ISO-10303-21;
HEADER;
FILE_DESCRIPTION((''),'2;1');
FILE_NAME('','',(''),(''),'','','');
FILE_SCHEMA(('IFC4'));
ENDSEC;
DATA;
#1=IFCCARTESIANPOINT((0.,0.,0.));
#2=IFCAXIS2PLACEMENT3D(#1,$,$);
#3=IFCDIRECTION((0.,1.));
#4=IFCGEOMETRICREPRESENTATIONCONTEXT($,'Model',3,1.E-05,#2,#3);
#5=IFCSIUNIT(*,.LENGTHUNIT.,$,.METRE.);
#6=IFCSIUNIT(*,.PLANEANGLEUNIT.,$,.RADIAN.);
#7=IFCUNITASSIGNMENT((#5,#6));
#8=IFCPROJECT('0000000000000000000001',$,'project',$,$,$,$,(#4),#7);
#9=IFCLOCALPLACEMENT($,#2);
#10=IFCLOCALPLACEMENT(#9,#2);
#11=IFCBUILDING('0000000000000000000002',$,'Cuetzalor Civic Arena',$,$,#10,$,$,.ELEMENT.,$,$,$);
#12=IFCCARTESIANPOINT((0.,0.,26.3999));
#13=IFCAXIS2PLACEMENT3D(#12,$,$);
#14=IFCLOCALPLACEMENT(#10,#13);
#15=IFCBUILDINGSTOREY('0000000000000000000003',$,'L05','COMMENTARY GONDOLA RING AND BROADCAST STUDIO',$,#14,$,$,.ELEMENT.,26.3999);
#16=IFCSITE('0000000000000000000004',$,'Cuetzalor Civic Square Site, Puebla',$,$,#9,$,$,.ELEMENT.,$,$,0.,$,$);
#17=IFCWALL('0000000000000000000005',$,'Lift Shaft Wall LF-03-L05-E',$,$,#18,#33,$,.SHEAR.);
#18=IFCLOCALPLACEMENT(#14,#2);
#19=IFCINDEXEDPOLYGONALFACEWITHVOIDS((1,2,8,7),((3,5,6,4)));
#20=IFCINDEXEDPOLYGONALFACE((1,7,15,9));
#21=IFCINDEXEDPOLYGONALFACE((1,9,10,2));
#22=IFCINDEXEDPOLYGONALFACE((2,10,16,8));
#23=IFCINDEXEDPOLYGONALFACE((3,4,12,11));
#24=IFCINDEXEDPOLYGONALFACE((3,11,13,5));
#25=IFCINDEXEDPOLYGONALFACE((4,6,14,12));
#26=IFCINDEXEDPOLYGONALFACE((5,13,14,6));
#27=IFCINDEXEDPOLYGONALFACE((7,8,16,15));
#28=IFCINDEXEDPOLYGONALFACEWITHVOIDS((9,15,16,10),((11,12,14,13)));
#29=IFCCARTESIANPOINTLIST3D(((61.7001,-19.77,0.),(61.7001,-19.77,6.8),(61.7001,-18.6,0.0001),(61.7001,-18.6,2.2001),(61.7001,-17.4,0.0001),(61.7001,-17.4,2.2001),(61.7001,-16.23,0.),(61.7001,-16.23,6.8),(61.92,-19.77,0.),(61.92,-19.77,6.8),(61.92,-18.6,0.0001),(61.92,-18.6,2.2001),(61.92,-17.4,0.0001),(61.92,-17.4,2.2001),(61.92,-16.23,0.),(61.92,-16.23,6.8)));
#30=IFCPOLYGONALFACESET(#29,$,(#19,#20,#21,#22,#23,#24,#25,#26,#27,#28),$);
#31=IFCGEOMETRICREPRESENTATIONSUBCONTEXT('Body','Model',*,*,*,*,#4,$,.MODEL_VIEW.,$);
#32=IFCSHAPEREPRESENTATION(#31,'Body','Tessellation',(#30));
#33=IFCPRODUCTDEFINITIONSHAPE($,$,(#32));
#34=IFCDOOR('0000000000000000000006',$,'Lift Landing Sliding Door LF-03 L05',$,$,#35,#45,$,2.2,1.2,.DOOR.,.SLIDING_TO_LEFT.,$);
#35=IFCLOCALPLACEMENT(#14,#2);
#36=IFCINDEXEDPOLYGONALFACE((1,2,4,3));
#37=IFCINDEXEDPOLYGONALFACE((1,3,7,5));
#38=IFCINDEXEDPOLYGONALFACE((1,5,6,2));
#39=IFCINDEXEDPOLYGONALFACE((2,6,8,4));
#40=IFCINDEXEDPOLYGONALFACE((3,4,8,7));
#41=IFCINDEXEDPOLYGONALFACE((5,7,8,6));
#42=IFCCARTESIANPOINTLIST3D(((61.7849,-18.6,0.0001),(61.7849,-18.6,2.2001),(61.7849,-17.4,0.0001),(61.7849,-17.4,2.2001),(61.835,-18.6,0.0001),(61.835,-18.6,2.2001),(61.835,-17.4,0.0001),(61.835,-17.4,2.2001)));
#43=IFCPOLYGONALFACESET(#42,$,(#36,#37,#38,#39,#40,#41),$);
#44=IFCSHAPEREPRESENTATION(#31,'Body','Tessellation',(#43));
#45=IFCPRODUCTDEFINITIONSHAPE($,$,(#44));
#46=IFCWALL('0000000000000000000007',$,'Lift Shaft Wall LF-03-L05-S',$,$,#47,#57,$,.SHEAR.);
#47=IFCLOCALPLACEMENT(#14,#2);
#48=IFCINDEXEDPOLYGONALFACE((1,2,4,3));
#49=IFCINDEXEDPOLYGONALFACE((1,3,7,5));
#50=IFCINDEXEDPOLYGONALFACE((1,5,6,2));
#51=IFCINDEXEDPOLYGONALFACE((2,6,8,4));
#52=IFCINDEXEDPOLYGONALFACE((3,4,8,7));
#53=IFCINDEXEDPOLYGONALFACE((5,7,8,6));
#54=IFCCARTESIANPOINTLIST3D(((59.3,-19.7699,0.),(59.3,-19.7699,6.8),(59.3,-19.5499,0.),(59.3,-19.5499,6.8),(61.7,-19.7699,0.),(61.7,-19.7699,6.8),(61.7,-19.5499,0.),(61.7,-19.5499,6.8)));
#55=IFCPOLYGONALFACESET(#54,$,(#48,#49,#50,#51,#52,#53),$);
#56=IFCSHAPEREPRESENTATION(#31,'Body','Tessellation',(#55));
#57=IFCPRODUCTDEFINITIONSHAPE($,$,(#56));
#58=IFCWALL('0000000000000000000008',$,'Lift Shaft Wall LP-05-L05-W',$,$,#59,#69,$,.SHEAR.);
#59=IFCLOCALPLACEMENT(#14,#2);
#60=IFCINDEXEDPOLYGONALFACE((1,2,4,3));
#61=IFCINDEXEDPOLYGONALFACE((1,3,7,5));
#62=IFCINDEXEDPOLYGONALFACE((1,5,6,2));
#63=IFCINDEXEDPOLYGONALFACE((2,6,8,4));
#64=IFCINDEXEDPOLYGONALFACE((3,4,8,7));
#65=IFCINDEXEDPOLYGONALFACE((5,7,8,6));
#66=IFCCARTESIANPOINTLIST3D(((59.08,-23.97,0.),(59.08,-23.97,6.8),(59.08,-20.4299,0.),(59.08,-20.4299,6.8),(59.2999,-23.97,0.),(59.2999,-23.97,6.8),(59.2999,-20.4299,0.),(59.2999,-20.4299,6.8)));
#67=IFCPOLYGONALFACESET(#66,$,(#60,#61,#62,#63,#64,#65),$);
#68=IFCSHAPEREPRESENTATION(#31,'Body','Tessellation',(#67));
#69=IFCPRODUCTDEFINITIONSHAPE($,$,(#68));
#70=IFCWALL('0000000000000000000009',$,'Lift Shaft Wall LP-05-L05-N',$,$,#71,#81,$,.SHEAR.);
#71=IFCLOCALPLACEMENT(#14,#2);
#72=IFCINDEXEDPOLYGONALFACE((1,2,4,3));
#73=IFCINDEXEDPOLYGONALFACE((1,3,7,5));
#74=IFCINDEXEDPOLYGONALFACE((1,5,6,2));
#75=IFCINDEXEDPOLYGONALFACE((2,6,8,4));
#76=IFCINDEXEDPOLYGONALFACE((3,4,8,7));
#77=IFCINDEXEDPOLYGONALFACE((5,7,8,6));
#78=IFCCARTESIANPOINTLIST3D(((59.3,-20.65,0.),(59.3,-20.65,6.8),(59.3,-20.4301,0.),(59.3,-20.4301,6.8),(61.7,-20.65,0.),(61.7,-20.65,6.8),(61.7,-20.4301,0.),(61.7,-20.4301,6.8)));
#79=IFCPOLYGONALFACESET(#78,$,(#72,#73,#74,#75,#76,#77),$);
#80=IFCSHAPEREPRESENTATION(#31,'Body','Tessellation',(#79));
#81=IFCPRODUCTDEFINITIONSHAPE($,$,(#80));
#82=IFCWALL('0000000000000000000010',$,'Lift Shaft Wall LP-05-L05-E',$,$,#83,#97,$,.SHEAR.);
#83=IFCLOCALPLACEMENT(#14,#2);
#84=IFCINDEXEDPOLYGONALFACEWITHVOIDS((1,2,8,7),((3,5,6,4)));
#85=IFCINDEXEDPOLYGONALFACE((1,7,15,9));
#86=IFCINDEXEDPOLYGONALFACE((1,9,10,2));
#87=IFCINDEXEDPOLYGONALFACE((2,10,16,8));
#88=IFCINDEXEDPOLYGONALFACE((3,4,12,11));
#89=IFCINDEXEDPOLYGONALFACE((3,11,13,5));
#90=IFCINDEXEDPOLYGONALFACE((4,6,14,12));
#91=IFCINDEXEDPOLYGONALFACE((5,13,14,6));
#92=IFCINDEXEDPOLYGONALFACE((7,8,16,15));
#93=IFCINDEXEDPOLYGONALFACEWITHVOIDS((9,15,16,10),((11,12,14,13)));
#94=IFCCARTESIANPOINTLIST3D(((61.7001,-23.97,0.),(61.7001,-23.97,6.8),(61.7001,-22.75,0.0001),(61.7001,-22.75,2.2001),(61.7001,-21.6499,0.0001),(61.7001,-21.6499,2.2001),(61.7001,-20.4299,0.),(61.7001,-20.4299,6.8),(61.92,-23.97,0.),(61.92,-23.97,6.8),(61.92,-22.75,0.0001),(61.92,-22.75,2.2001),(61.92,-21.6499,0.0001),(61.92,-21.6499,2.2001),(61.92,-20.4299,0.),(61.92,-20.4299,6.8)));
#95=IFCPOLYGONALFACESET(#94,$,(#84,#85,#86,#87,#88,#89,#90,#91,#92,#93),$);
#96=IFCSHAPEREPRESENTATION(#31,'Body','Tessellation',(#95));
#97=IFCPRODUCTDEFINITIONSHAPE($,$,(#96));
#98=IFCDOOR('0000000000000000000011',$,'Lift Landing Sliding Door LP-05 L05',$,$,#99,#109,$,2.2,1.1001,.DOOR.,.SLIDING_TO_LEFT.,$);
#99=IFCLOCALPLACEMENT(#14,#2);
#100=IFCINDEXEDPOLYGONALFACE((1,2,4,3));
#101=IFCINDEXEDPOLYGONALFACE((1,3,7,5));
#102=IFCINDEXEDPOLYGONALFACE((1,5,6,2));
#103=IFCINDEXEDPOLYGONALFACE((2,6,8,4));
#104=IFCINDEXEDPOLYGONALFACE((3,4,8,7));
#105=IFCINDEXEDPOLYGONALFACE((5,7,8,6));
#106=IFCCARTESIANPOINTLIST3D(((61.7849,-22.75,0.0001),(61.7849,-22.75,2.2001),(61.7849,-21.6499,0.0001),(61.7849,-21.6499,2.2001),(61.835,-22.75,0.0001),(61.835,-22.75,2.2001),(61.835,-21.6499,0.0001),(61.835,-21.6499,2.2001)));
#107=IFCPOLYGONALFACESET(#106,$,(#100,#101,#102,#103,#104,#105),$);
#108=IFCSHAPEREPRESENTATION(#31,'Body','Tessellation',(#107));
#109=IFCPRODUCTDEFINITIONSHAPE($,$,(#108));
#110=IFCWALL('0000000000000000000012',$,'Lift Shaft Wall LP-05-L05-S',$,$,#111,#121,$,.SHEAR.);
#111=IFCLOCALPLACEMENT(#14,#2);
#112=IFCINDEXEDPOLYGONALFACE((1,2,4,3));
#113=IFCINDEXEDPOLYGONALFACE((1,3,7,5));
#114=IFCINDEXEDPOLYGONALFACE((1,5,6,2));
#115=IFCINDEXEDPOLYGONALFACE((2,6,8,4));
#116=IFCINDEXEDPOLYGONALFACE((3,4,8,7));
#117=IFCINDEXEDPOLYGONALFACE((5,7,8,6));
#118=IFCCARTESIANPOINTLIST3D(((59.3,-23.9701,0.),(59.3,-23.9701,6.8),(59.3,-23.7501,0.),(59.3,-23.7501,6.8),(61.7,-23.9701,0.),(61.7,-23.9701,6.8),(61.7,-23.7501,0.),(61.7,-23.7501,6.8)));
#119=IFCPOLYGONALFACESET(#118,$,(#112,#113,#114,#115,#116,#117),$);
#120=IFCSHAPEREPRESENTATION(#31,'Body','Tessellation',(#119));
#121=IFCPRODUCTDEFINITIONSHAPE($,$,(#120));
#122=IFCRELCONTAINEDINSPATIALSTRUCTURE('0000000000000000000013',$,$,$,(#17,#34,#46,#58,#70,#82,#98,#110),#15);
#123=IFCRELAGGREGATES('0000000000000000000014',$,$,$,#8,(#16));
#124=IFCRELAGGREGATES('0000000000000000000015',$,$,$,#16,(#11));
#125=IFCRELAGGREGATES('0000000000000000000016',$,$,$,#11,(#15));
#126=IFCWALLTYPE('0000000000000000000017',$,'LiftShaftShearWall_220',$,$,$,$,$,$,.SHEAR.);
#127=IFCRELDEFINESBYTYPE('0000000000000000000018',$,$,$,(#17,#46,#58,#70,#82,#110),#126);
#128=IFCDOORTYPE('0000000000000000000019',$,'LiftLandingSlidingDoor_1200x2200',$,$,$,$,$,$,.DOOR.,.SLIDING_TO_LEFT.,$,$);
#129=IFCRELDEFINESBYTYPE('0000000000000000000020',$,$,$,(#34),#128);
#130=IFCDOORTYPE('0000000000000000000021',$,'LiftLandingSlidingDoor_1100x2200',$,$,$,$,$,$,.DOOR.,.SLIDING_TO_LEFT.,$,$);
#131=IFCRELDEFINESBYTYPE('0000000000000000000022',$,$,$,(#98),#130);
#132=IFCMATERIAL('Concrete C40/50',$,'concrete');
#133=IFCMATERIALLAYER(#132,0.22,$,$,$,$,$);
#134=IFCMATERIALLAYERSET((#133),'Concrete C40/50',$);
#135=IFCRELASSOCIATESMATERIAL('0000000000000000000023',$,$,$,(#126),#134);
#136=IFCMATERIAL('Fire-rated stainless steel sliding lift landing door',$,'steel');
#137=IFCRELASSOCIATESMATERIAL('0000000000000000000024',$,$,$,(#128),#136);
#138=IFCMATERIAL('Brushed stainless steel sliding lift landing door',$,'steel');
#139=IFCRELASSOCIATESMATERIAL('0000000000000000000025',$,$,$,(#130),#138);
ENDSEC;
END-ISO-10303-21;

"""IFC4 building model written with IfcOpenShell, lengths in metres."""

from ifc_helpers import new_model, si_unit, direction, frame, frame_2d, origin, place, context, subcontext, project, spatial, rectangle, extrude, material, layer, layer_set, type_object, element, fill, save


model = new_model("IFC4")

# Units and contexts
model_context = context("Model", 3, precision=1e-05, world=origin(), true_north=direction((0.0, 1.0)))
body_context = subcontext(model_context, "Body", "Model", "MODEL_VIEW")
ifc_project = project(units=[si_unit("LENGTHUNIT", "METRE"), si_unit("PLANEANGLEUNIT", "RADIAN")], contexts=[model_context])

# Site, building, storey
site_placement = place(None, origin())
site = spatial("IfcSite", under=ifc_project, at=site_placement, Name="Cuetzalor Civic Square Site, Puebla", CompositionType="ELEMENT", RefElevation=0.0)
building_placement = place(site_placement, origin())
building = spatial("IfcBuilding", under=site, at=building_placement, Name="Cuetzalor Civic Arena", CompositionType="ELEMENT")
storey_placement = place(building_placement, frame((0.0, 0.0, 26.3999)))
storey = spatial("IfcBuildingStorey", under=building, at=storey_placement, Name="L05", Description="COMMENTARY GONDOLA RING AND BROADCAST STUDIO", CompositionType="ELEMENT", Elevation=26.3999)

# Shared definitions
ifc_material_1 = material(Name="Concrete C40/50", Category="concrete")
ifc_layer = layer(ifc_material_1, 0.22)
ifc_layer_set = layer_set([ifc_layer], Name="Concrete C40/50")
wall_type = type_object("IfcWallType", Name="LiftShaftShearWall_220", PredefinedType="SHEAR", material=ifc_layer_set)

# Wall, opening, door
wall_1_placement = place(storey_placement, frame((61.8101, -16.23, 0.0), z_axis=(0.0, 0.0, 1.0), x_axis=(0.0, -1.0, 0.0)))
wall_1 = element("IfcWall", 1, at=wall_1_placement, inside=storey, type_object=wall_type, Name="Lift Shaft Wall LF-03-L05-E", PredefinedType="SHEAR", context=body_context, shape_type="SweptSolid", body=[
    extrude(rectangle(XDim=3.54, YDim=0.22, at=frame_2d((1.77, 0.0))), origin(), (0.0, 0.0, 1.0), 6.8),
])
opening_1_placement = place(wall_1_placement, frame((1.1699, 0.0, 0.0)))
opening_1 = element("IfcOpeningElement", 2, at=opening_1_placement, cuts=wall_1, PredefinedType="OPENING", context=body_context, shape_type="SweptSolid", body=[
    extrude(rectangle(XDim=1.2, YDim=2.2, at=frame_2d((0.6001, 1.1001))), frame((0.0, 0.1201, 0.0), z_axis=(0.0, -1.0, 0.0), x_axis=(1.0, 0.0, 0.0)), (0.0, 0.0, 1.0), 0.24),
])
ifc_material_2 = material(Name="Fire-rated stainless steel sliding lift landing door", Category="steel")
door_type_1 = type_object("IfcDoorType", Name="LiftLandingSlidingDoor_1200x2200", OperationType="SLIDING_TO_LEFT", PredefinedType="DOOR", material=ifc_material_2)
door_1_placement = place(opening_1_placement, origin())
door_1 = element("IfcDoor", 3, at=door_1_placement, inside=storey, type_object=door_type_1, Name="Lift Landing Sliding Door LF-03 L05", OperationType="SLIDING_TO_LEFT", OverallHeight=2.2, OverallWidth=1.2, PredefinedType="DOOR", context=body_context, shape_type="SweptSolid", body=[
    extrude(rectangle(XDim=1.2, YDim=2.2, at=frame_2d((0.6001, 1.1001))), frame((0.0, 0.0249, 0.0), z_axis=(0.0, -1.0, 0.0), x_axis=(1.0, 0.0, 0.0)), (0.0, 0.0, 1.0), 0.05),
])
fill(opening_1, door_1)

# Walls
wall_2_placement = place(storey_placement, frame((61.7, -19.6599, 0.0), z_axis=(0.0, 0.0, 1.0), x_axis=(-1.0, 0.0, 0.0)))
element("IfcWall", 4, at=wall_2_placement, inside=storey, type_object=wall_type, Name="Lift Shaft Wall LF-03-L05-S", PredefinedType="SHEAR", context=body_context, shape_type="SweptSolid", body=[
    extrude(rectangle(XDim=2.3999, YDim=0.22, at=frame_2d((1.2, 0.0))), origin(), (0.0, 0.0, 1.0), 6.8),
])
wall_3_placement = place(storey_placement, frame((59.1899, -23.97, 0.0), z_axis=(0.0, 0.0, 1.0), x_axis=(0.0, 1.0, 0.0)))
element("IfcWall", 5, at=wall_3_placement, inside=storey, type_object=wall_type, Name="Lift Shaft Wall LP-05-L05-W", PredefinedType="SHEAR", context=body_context, shape_type="SweptSolid", body=[
    extrude(rectangle(XDim=3.54, YDim=0.22, at=frame_2d((1.77, 0.0))), origin(), (0.0, 0.0, 1.0), 6.8),
])
wall_4_placement = place(storey_placement, frame((59.3, -20.54, 0.0), z_axis=(0.0, 0.0, 1.0), x_axis=(1.0, 0.0, 0.0)))
element("IfcWall", 6, at=wall_4_placement, inside=storey, type_object=wall_type, Name="Lift Shaft Wall LP-05-L05-N", PredefinedType="SHEAR", context=body_context, shape_type="SweptSolid", body=[
    extrude(rectangle(XDim=2.3999, YDim=0.22, at=frame_2d((1.2, 0.0))), origin(), (0.0, 0.0, 1.0), 6.8),
])

# Wall, opening, door
wall_5_placement = place(storey_placement, frame((61.8101, -20.4299, 0.0), z_axis=(0.0, 0.0, 1.0), x_axis=(0.0, -1.0, 0.0)))
wall_5 = element("IfcWall", 7, at=wall_5_placement, inside=storey, type_object=wall_type, Name="Lift Shaft Wall LP-05-L05-E", PredefinedType="SHEAR", context=body_context, shape_type="SweptSolid", body=[
    extrude(rectangle(XDim=3.54, YDim=0.22, at=frame_2d((1.77, 0.0))), origin(), (0.0, 0.0, 1.0), 6.8),
])
opening_2_placement = place(wall_5_placement, frame((1.22, 0.0, 0.0)))
opening_2 = element("IfcOpeningElement", 8, at=opening_2_placement, cuts=wall_5, PredefinedType="OPENING", context=body_context, shape_type="SweptSolid", body=[
    extrude(rectangle(XDim=1.1001, YDim=2.2, at=frame_2d((0.55, 1.1001))), frame((0.0, 0.1201, 0.0), z_axis=(0.0, -1.0, 0.0), x_axis=(1.0, 0.0, 0.0)), (0.0, 0.0, 1.0), 0.24),
])
ifc_material_3 = material(Name="Brushed stainless steel sliding lift landing door", Category="steel")
door_type_2 = type_object("IfcDoorType", Name="LiftLandingSlidingDoor_1100x2200", OperationType="SLIDING_TO_LEFT", PredefinedType="DOOR", material=ifc_material_3)
door_2_placement = place(opening_2_placement, origin())
door_2 = element("IfcDoor", 9, at=door_2_placement, inside=storey, type_object=door_type_2, Name="Lift Landing Sliding Door LP-05 L05", OperationType="SLIDING_TO_LEFT", OverallHeight=2.2, OverallWidth=1.1001, PredefinedType="DOOR", context=body_context, shape_type="SweptSolid", body=[
    extrude(rectangle(XDim=1.1001, YDim=2.2, at=frame_2d((0.55, 1.1001))), frame((0.0, 0.0249, 0.0), z_axis=(0.0, -1.0, 0.0), x_axis=(1.0, 0.0, 0.0)), (0.0, 0.0, 1.0), 0.05),
])
fill(opening_2, door_2)

# Wall
wall_6_placement = place(storey_placement, frame((61.7, -23.8601, 0.0), z_axis=(0.0, 0.0, 1.0), x_axis=(-1.0, 0.0, 0.0)))
element("IfcWall", 10, at=wall_6_placement, inside=storey, type_object=wall_type, Name="Lift Shaft Wall LP-05-L05-S", PredefinedType="SHEAR", context=body_context, shape_type="SweptSolid", body=[
    extrude(rectangle(XDim=2.3999, YDim=0.22, at=frame_2d((1.2, 0.0))), origin(), (0.0, 0.0, 1.0), 6.8),
])

save(model, "model.ifc")
